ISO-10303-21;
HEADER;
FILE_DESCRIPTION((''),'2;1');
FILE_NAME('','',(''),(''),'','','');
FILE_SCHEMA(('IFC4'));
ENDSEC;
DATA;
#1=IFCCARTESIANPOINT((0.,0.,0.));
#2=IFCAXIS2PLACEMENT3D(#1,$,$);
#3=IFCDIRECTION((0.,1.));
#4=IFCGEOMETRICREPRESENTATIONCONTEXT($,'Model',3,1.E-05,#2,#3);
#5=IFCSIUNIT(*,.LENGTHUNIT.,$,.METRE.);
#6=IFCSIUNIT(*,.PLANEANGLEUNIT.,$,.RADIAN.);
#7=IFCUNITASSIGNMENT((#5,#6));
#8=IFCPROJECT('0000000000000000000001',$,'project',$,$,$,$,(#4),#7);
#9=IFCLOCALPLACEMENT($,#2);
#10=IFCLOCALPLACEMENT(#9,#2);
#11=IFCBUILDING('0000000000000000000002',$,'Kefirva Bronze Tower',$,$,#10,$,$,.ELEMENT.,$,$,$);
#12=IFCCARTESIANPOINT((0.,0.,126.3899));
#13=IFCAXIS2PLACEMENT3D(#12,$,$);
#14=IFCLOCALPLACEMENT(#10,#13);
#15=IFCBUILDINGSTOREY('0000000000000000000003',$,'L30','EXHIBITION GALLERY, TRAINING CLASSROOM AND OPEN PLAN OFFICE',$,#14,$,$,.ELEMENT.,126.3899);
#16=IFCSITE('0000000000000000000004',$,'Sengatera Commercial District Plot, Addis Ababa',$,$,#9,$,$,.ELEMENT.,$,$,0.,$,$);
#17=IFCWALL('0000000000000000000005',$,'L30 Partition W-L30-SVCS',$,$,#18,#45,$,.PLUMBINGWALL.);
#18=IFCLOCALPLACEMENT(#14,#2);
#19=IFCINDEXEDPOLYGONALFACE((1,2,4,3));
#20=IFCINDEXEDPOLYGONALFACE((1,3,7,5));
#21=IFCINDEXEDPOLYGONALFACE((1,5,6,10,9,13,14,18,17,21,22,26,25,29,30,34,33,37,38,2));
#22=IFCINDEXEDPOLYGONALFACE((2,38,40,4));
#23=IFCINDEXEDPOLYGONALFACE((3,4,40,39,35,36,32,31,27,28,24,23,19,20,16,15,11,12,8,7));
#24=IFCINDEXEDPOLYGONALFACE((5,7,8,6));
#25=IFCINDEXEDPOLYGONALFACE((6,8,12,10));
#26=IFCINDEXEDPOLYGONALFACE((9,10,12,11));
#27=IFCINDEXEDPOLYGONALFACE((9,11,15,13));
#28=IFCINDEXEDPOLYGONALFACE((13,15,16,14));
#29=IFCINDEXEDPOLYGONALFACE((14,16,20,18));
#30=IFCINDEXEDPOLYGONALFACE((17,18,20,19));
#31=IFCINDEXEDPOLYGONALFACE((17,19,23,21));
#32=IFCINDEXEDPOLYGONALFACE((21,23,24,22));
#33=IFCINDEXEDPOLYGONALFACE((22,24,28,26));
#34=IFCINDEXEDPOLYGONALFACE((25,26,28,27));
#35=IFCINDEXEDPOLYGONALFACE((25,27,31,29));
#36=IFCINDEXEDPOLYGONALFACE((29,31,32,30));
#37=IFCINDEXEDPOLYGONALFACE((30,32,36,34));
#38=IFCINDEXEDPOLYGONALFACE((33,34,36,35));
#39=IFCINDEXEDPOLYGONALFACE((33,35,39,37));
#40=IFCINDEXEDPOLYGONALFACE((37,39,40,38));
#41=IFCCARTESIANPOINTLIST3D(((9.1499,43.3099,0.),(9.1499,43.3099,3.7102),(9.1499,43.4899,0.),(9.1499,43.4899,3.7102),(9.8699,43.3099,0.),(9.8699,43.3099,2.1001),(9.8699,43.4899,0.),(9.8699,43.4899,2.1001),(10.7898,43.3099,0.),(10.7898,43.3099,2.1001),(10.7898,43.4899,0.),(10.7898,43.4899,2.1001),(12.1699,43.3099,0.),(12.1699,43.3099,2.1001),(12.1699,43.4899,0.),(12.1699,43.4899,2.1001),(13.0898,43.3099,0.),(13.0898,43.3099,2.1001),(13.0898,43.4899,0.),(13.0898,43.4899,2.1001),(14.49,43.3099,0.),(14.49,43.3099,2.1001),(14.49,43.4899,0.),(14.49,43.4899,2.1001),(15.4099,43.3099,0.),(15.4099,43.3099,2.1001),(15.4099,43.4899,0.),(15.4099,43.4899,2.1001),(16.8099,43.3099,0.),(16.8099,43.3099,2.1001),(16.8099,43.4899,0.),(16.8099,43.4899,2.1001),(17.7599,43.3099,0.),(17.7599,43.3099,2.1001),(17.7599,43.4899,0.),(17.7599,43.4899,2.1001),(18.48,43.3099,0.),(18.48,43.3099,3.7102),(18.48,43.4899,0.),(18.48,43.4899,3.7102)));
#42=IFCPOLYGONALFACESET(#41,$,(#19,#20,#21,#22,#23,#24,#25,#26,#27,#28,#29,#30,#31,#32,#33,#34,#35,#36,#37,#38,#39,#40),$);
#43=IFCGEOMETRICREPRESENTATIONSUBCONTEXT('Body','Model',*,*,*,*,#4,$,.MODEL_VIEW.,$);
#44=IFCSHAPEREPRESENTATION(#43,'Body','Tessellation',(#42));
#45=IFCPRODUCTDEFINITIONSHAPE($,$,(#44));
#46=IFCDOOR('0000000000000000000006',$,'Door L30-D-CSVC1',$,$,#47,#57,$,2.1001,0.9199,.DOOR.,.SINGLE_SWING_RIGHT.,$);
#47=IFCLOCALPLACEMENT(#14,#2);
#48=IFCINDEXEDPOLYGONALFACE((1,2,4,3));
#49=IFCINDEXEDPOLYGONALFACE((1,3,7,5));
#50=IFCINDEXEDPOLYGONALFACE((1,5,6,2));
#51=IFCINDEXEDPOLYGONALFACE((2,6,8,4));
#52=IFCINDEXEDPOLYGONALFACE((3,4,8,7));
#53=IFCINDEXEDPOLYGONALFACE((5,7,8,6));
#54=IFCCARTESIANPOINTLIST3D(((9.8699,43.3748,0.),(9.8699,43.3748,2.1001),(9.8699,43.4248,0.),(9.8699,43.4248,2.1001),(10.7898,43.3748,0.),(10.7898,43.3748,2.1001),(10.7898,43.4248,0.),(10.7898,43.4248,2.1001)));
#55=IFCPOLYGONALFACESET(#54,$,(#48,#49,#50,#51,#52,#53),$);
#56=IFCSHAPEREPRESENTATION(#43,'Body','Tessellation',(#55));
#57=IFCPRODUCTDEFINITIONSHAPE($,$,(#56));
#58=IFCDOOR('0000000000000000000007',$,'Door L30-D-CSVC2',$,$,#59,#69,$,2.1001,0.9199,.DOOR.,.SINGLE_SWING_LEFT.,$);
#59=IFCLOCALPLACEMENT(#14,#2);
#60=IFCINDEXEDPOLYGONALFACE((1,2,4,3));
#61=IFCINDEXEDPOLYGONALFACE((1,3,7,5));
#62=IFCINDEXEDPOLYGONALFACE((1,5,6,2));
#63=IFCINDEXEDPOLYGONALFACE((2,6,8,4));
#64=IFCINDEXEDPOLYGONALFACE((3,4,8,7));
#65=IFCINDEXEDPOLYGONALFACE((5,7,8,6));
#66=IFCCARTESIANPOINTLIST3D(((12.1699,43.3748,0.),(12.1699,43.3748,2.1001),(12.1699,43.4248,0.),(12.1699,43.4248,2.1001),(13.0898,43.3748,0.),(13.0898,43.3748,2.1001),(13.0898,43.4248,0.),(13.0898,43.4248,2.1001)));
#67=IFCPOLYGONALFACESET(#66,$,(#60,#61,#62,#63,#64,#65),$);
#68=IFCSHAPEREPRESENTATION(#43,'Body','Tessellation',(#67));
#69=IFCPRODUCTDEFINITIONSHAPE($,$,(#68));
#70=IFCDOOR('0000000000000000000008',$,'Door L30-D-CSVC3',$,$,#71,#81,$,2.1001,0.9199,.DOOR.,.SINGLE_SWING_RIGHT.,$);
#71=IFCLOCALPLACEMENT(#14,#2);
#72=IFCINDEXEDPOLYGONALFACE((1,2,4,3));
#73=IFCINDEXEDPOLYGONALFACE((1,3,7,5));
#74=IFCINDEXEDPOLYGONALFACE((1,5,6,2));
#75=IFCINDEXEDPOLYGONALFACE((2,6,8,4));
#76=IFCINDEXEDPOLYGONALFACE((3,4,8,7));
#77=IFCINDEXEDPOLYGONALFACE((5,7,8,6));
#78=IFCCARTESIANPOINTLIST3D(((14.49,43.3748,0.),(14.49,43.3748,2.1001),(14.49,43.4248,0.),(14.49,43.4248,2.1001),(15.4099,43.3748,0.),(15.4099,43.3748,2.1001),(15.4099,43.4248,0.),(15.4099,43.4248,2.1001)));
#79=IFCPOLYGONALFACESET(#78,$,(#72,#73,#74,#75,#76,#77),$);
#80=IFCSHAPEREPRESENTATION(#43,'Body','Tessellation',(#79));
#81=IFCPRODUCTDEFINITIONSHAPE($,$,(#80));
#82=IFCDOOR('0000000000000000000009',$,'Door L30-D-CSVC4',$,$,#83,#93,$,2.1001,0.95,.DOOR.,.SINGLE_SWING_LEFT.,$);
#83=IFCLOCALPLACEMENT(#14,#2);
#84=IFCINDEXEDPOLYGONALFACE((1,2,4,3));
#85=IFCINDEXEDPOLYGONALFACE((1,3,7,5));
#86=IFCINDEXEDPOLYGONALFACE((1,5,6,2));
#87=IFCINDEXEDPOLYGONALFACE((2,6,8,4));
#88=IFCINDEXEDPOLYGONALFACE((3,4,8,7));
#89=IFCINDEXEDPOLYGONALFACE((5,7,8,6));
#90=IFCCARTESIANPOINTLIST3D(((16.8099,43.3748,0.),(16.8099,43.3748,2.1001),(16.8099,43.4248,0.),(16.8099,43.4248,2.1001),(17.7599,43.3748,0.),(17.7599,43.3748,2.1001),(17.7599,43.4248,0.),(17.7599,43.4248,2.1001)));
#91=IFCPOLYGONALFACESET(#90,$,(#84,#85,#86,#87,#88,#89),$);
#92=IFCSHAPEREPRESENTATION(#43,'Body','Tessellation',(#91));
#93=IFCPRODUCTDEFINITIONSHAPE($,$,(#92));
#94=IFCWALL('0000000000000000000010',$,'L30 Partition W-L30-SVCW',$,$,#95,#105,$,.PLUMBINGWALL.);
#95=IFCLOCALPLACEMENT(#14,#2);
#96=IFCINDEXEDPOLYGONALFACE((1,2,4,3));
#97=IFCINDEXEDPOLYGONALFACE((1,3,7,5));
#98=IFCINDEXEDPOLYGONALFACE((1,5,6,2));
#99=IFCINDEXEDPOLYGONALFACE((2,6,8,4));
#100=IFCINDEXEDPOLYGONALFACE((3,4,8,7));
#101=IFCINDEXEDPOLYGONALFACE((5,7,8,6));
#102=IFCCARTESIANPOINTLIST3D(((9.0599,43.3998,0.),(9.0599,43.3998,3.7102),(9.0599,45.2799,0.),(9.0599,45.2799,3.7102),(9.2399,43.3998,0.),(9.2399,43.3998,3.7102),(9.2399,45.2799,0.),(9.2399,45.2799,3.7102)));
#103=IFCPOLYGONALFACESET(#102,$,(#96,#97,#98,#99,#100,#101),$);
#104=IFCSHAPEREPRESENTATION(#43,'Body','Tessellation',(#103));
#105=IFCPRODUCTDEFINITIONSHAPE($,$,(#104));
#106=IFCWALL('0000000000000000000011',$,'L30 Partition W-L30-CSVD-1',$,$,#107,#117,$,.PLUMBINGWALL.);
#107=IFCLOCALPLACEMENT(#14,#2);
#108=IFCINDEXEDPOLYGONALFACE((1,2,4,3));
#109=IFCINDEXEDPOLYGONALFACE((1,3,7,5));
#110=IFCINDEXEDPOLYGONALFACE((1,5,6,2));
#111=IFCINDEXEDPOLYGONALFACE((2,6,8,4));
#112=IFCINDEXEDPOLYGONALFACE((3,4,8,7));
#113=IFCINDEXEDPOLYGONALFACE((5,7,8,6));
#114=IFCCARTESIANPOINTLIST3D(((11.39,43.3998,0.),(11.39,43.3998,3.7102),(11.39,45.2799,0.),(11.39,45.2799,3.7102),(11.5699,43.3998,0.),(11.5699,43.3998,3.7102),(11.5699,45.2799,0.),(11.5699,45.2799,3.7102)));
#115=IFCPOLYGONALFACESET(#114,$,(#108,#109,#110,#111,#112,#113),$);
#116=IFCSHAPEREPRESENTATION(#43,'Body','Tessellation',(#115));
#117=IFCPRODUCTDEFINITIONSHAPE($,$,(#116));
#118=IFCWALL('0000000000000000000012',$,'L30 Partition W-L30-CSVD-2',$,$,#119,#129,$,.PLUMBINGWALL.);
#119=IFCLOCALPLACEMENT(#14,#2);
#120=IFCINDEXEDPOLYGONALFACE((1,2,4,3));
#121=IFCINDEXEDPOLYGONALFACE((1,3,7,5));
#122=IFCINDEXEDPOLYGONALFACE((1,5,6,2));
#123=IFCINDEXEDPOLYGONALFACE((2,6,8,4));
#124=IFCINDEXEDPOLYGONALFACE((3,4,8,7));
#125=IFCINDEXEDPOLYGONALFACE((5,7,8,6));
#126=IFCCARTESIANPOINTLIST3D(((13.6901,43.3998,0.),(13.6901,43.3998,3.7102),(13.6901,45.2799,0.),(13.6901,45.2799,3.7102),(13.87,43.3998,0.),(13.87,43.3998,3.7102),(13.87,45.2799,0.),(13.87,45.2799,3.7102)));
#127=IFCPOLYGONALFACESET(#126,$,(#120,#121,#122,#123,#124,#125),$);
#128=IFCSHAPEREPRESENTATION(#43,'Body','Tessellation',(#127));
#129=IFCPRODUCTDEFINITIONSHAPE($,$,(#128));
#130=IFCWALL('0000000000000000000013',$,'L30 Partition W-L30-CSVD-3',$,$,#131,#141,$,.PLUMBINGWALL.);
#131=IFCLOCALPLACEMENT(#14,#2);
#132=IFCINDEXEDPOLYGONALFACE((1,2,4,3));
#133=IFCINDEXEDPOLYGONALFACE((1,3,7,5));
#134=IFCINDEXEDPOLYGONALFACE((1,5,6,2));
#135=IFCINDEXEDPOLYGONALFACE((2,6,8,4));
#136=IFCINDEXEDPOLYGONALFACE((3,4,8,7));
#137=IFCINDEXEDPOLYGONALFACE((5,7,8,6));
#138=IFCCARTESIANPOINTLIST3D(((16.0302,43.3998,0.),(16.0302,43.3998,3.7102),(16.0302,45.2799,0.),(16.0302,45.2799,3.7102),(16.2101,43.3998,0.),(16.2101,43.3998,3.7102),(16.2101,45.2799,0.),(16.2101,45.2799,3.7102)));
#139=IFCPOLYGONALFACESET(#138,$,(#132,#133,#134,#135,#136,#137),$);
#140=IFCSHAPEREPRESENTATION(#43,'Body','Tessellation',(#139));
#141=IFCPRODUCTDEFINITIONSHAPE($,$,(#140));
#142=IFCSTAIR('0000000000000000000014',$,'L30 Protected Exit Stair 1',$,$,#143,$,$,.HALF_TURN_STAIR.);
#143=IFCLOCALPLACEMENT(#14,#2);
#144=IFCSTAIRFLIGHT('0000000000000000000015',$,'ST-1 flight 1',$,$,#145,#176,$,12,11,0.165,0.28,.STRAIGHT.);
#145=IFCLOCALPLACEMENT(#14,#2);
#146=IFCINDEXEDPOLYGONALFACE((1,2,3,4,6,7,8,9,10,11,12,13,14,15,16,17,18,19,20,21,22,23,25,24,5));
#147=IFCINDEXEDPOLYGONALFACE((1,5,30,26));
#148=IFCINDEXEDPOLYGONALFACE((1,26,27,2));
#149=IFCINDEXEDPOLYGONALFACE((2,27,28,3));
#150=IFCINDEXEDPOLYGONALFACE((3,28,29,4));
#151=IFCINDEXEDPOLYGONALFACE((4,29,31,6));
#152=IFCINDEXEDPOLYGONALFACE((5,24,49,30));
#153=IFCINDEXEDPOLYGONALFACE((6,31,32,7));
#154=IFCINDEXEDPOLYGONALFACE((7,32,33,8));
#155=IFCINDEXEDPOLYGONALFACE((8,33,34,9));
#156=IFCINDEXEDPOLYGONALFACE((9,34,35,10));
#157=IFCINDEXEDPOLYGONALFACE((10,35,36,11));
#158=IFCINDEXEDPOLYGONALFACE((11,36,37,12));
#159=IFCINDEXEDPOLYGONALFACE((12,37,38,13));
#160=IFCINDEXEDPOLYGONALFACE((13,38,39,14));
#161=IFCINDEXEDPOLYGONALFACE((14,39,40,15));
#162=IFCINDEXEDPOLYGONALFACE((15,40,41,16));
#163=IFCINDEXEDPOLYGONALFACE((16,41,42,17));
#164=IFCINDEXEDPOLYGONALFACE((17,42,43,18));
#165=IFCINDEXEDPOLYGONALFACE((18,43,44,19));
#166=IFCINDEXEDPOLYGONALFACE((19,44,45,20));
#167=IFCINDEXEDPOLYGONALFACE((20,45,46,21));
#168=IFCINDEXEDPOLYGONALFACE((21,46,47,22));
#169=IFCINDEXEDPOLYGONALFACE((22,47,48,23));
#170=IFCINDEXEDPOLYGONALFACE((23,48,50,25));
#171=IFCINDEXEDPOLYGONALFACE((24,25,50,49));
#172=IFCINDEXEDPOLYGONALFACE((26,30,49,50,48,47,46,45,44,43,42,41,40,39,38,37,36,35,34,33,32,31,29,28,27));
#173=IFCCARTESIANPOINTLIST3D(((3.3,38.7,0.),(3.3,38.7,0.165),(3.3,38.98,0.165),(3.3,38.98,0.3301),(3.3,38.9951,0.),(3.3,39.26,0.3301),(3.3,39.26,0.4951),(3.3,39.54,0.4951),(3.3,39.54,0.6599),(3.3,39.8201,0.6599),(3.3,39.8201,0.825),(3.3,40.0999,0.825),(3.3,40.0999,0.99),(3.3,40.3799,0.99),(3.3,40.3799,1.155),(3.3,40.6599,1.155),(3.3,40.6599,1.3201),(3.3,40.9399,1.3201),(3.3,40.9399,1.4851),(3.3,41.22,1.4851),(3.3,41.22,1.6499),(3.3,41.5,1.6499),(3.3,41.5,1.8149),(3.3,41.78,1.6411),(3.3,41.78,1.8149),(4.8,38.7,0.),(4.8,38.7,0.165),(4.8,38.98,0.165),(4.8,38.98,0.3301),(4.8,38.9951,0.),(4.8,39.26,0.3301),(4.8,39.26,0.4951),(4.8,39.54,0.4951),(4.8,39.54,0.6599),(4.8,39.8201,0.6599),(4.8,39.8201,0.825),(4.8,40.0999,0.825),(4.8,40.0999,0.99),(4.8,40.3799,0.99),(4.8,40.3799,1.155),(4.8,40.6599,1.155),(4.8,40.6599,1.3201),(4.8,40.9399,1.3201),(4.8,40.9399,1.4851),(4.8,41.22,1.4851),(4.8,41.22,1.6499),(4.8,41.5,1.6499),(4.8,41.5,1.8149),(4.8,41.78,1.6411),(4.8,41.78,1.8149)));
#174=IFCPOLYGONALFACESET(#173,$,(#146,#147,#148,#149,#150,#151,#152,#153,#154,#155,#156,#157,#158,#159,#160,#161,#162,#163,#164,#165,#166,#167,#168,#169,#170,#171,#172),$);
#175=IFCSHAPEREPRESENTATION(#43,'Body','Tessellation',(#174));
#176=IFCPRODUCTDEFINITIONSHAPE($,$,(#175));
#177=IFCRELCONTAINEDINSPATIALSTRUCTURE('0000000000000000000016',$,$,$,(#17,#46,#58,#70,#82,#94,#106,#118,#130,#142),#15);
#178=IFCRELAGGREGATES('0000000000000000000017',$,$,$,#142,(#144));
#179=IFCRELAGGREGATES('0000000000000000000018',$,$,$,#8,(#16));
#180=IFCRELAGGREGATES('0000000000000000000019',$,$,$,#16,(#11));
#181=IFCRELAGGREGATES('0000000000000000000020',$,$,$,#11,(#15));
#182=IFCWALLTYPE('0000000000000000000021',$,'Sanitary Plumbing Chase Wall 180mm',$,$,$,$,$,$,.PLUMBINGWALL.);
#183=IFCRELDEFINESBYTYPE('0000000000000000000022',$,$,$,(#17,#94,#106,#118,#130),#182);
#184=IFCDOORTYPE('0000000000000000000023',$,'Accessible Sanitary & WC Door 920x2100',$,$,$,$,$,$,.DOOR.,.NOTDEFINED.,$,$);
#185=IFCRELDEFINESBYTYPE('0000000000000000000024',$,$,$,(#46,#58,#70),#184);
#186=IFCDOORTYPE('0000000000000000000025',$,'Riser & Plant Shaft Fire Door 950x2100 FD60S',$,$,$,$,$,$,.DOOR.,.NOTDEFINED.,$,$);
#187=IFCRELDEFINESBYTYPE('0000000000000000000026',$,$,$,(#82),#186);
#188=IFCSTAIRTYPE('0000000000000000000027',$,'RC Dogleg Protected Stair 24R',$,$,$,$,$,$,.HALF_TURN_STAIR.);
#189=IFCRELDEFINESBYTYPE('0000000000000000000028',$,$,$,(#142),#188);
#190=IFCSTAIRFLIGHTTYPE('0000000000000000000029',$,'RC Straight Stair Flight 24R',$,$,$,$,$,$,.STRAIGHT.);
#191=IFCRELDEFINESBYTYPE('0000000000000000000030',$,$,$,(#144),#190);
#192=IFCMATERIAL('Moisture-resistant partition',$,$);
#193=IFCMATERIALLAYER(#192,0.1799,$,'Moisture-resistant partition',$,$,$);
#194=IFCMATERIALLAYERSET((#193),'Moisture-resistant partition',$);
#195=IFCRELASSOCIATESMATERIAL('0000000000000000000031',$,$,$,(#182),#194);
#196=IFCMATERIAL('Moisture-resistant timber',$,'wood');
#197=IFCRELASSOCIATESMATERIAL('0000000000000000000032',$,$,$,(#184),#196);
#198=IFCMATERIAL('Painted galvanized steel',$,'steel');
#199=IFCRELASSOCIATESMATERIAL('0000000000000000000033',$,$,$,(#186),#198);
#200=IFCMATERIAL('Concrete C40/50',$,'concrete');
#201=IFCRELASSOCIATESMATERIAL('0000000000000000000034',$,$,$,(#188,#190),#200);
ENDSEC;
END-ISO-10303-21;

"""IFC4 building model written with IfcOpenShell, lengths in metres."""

from ifc_helpers import new_model, si_unit, direction, frame, frame_2d, origin, place, context, subcontext, project, spatial, polyline, rectangle, outline, extrude, material, layer, layer_set, type_object, element, fill, aggregate, save


model = new_model("IFC4")

# Units and contexts
model_context = context("Model", 3, precision=1e-05, world=origin(), true_north=direction((0.0, 1.0)))
body_context = subcontext(model_context, "Body", "Model", "MODEL_VIEW")
ifc_project = project(units=[si_unit("LENGTHUNIT", "METRE"), si_unit("PLANEANGLEUNIT", "RADIAN")], contexts=[model_context])

# Site, building, storey
site_placement = place(None, origin())
site = spatial("IfcSite", under=ifc_project, at=site_placement, Name="Sengatera Commercial District Plot, Addis Ababa", CompositionType="ELEMENT", RefElevation=0.0)
building_placement = place(site_placement, origin())
building = spatial("IfcBuilding", under=site, at=building_placement, Name="Kefirva Bronze Tower", CompositionType="ELEMENT")
storey_placement = place(building_placement, frame((0.0, 0.0, 126.3899)))
storey = spatial("IfcBuildingStorey", under=building, at=storey_placement, Name="L30", Description="EXHIBITION GALLERY, TRAINING CLASSROOM AND OPEN PLAN OFFICE", CompositionType="ELEMENT", Elevation=126.3899)

# Wall, openings, doors
ifc_material_1 = material(Name="Moisture-resistant partition")
ifc_layer_1 = layer(ifc_material_1, 0.1799, Name="Moisture-resistant partition")
ifc_layer_set_1 = layer_set([ifc_layer_1], Name="Moisture-resistant partition")
wall_type_1 = type_object("IfcWallType", Name="Sanitary Plumbing Chase Wall 180mm", PredefinedType="PLUMBINGWALL", material=ifc_layer_set_1)
wall_1_placement = place(storey_placement, frame((9.1499, 43.3999, 0.0), z_axis=(0.0, 0.0, 1.0), x_axis=(1.0, 0.0, 0.0)))
wall_1 = element("IfcWall", 1, at=wall_1_placement, inside=storey, type_object=wall_type_1, Name="L30 Partition W-L30-SVCS", PredefinedType="PLUMBINGWALL", context=body_context, shape_type="SweptSolid", body=[
    extrude(rectangle(XDim=9.3301, YDim=0.1799, at=frame_2d((4.665, 0.0))), origin(), (0.0, 0.0, 1.0), 3.7102),
])
opening_1_placement = place(wall_1_placement, frame((0.72, 0.0, 0.0)))
opening_1 = element("IfcOpeningElement", 2, at=opening_1_placement, cuts=wall_1, PredefinedType="OPENING", context=body_context, shape_type="SweptSolid", body=[
    extrude(rectangle(XDim=0.9199, YDim=2.1001, at=frame_2d((0.46, 1.05))), frame((0.0, 0.1001, 0.0), z_axis=(0.0, -1.0, 0.0), x_axis=(1.0, 0.0, 0.0)), (0.0, 0.0, 1.0), 0.2),
])
opening_2_placement = place(wall_1_placement, frame((3.02, 0.0, 0.0)))
opening_2 = element("IfcOpeningElement", 3, at=opening_2_placement, cuts=wall_1, PredefinedType="OPENING", context=body_context, shape_type="SweptSolid", body=[
    extrude(rectangle(XDim=0.9199, YDim=2.1001, at=frame_2d((0.46, 1.05))), frame((0.0, 0.1001, 0.0), z_axis=(0.0, -1.0, 0.0), x_axis=(1.0, 0.0, 0.0)), (0.0, 0.0, 1.0), 0.2),
])
opening_3_placement = place(wall_1_placement, frame((5.3401, 0.0, 0.0)))
opening_3 = element("IfcOpeningElement", 4, at=opening_3_placement, cuts=wall_1, PredefinedType="OPENING", context=body_context, shape_type="SweptSolid", body=[
    extrude(rectangle(XDim=0.9199, YDim=2.1001, at=frame_2d((0.46, 1.05))), frame((0.0, 0.1001, 0.0), z_axis=(0.0, -1.0, 0.0), x_axis=(1.0, 0.0, 0.0)), (0.0, 0.0, 1.0), 0.2),
])
opening_4_placement = place(wall_1_placement, frame((7.6599, 0.0, 0.0)))
opening_4 = element("IfcOpeningElement", 5, at=opening_4_placement, cuts=wall_1, PredefinedType="OPENING", context=body_context, shape_type="SweptSolid", body=[
    extrude(rectangle(XDim=0.95, YDim=2.1001, at=frame_2d((0.4751, 1.05))), frame((0.0, 0.1001, 0.0), z_axis=(0.0, -1.0, 0.0), x_axis=(1.0, 0.0, 0.0)), (0.0, 0.0, 1.0), 0.2),
])
ifc_material_2 = material(Name="Moisture-resistant timber", Category="wood")
door_type_1 = type_object("IfcDoorType", Name="Accessible Sanitary & WC Door 920x2100", OperationType="NOTDEFINED", PredefinedType="DOOR", material=ifc_material_2)
door_1_placement = place(opening_1_placement, origin())
door_1 = element("IfcDoor", 6, at=door_1_placement, inside=storey, type_object=door_type_1, Name="Door L30-D-CSVC1", OperationType="SINGLE_SWING_RIGHT", OverallHeight=2.1001, OverallWidth=0.9199, PredefinedType="DOOR", context=body_context, shape_type="SweptSolid", body=[
    extrude(rectangle(XDim=0.9199, YDim=2.1001, at=frame_2d((0.46, 1.05))), frame((0.0, 0.0249, 0.0), z_axis=(0.0, -1.0, 0.0), x_axis=(1.0, 0.0, 0.0)), (0.0, 0.0, 1.0), 0.05),
])
fill(opening_1, door_1)
door_2_placement = place(opening_2_placement, origin())
door_2 = element("IfcDoor", 7, at=door_2_placement, inside=storey, type_object=door_type_1, Name="Door L30-D-CSVC2", OperationType="SINGLE_SWING_LEFT", OverallHeight=2.1001, OverallWidth=0.9199, PredefinedType="DOOR", context=body_context, shape_type="SweptSolid", body=[
    extrude(rectangle(XDim=0.9199, YDim=2.1001, at=frame_2d((0.46, 1.05))), frame((0.0, 0.0249, 0.0), z_axis=(0.0, -1.0, 0.0), x_axis=(1.0, 0.0, 0.0)), (0.0, 0.0, 1.0), 0.05),
])
fill(opening_2, door_2)
door_3_placement = place(opening_3_placement, origin())
door_3 = element("IfcDoor", 8, at=door_3_placement, inside=storey, type_object=door_type_1, Name="Door L30-D-CSVC3", OperationType="SINGLE_SWING_RIGHT", OverallHeight=2.1001, OverallWidth=0.9199, PredefinedType="DOOR", context=body_context, shape_type="SweptSolid", body=[
    extrude(rectangle(XDim=0.9199, YDim=2.1001, at=frame_2d((0.46, 1.05))), frame((0.0, 0.0249, 0.0), z_axis=(0.0, -1.0, 0.0), x_axis=(1.0, 0.0, 0.0)), (0.0, 0.0, 1.0), 0.05),
])
fill(opening_3, door_3)
ifc_material_3 = material(Name="Painted galvanized steel", Category="steel")
door_type_2 = type_object("IfcDoorType", Name="Riser & Plant Shaft Fire Door 950x2100 FD60S", OperationType="NOTDEFINED", PredefinedType="DOOR", material=ifc_material_3)
door_4_placement = place(opening_4_placement, origin())
door_4 = element("IfcDoor", 9, at=door_4_placement, inside=storey, type_object=door_type_2, Name="Door L30-D-CSVC4", OperationType="SINGLE_SWING_LEFT", OverallHeight=2.1001, OverallWidth=0.95, PredefinedType="DOOR", context=body_context, shape_type="SweptSolid", body=[
    extrude(rectangle(XDim=0.95, YDim=2.1001, at=frame_2d((0.4751, 1.05))), frame((0.0, 0.0249, 0.0), z_axis=(0.0, -1.0, 0.0), x_axis=(1.0, 0.0, 0.0)), (0.0, 0.0, 1.0), 0.05),
])
fill(opening_4, door_4)

# Walls
for number, where, z_axis, x_axis, name in (
    (10, (9.1499, 43.3999, 0.0), (0.0, 0.0, 1.0), (0.0, 1.0, 0.0), "L30 Partition W-L30-SVCW"),
    (11, (11.48, 43.3999, 0.0), (0.0, 0.0, 1.0), (0.0, 1.0, 0.0), "L30 Partition W-L30-CSVD-1"),
    (12, (13.78, 43.3999, 0.0), (0.0, 0.0, 1.0), (0.0, 1.0, 0.0), "L30 Partition W-L30-CSVD-2"),
    (13, (16.1201, 43.3999, 0.0), (0.0, 0.0, 1.0), (0.0, 1.0, 0.0), "L30 Partition W-L30-CSVD-3"),
):
    element("IfcWall", number, at=place(storey_placement, frame(where, z_axis=z_axis, x_axis=x_axis)), inside=storey, type_object=wall_type_1, Name=name, PredefinedType="PLUMBINGWALL", context=body_context, shape_type="SweptSolid", body=[
        extrude(rectangle(XDim=1.8801, YDim=0.1799, at=frame_2d((0.9399, 0.0))), origin(), (0.0, 0.0, 1.0), 3.7102),
    ])

# Stair, stair flight
ifc_material_4 = material(Name="Concrete C40/50", Category="concrete")
stair_type = type_object("IfcStairType", Name="RC Dogleg Protected Stair 24R", PredefinedType="HALF_TURN_STAIR", material=ifc_material_4)
stair_placement = place(storey_placement, origin())
stair = element("IfcStair", 14, at=stair_placement, inside=storey, type_object=stair_type, Name="L30 Protected Exit Stair 1", PredefinedType="HALF_TURN_STAIR")
stair_flight_type = type_object("IfcStairFlightType", Name="RC Straight Stair Flight 24R", PredefinedType="STRAIGHT", material=ifc_material_4)
stair_flight_placement = place(storey_placement, frame((4.05, 38.7, 0.0), z_axis=(0.0, 0.0, 1.0), x_axis=(0.0, 1.0, 0.0)))
stair_flight = element("IfcStairFlight", 15, at=stair_flight_placement, type_object=stair_flight_type, Name="ST-1 flight 1", NumberOfRisers=12, NumberOfTreads=11, PredefinedType="STRAIGHT", RiserHeight=0.165, TreadLength=0.28, context=body_context, shape_type="SweptSolid", body=[
    extrude(outline(polyline([(0.0, 0.0), (0.0, 0.165), (0.28, 0.165), (0.28, 0.3301), (0.5601, 0.3301), (0.5601, 0.4951), (0.8401, 0.4951), (0.8401, 0.6599), (1.1201, 0.6599), (1.1201, 0.825), (1.3999, 0.825), (1.3999, 0.99), (1.6799, 0.99), (1.6799, 1.155), (1.96, 1.155), (1.96, 1.3201), (2.24, 1.3201), (2.24, 1.4851), (2.52, 1.4851), (2.52, 1.6499), (2.8, 1.6499), (2.8, 1.8149), (3.0801, 1.8149), (3.0801, 1.98), (3.0801, 1.6411), (0.2952, 0.0), (0.0, 0.0)])), frame((0.0, 0.75, 0.0), z_axis=(0.0, -1.0, 0.0), x_axis=(1.0, 0.0, 0.0)), (0.0, 0.0, 1.0), 1.5),
])
aggregate(stair, [stair_flight])

save(model, "model.ifc")
